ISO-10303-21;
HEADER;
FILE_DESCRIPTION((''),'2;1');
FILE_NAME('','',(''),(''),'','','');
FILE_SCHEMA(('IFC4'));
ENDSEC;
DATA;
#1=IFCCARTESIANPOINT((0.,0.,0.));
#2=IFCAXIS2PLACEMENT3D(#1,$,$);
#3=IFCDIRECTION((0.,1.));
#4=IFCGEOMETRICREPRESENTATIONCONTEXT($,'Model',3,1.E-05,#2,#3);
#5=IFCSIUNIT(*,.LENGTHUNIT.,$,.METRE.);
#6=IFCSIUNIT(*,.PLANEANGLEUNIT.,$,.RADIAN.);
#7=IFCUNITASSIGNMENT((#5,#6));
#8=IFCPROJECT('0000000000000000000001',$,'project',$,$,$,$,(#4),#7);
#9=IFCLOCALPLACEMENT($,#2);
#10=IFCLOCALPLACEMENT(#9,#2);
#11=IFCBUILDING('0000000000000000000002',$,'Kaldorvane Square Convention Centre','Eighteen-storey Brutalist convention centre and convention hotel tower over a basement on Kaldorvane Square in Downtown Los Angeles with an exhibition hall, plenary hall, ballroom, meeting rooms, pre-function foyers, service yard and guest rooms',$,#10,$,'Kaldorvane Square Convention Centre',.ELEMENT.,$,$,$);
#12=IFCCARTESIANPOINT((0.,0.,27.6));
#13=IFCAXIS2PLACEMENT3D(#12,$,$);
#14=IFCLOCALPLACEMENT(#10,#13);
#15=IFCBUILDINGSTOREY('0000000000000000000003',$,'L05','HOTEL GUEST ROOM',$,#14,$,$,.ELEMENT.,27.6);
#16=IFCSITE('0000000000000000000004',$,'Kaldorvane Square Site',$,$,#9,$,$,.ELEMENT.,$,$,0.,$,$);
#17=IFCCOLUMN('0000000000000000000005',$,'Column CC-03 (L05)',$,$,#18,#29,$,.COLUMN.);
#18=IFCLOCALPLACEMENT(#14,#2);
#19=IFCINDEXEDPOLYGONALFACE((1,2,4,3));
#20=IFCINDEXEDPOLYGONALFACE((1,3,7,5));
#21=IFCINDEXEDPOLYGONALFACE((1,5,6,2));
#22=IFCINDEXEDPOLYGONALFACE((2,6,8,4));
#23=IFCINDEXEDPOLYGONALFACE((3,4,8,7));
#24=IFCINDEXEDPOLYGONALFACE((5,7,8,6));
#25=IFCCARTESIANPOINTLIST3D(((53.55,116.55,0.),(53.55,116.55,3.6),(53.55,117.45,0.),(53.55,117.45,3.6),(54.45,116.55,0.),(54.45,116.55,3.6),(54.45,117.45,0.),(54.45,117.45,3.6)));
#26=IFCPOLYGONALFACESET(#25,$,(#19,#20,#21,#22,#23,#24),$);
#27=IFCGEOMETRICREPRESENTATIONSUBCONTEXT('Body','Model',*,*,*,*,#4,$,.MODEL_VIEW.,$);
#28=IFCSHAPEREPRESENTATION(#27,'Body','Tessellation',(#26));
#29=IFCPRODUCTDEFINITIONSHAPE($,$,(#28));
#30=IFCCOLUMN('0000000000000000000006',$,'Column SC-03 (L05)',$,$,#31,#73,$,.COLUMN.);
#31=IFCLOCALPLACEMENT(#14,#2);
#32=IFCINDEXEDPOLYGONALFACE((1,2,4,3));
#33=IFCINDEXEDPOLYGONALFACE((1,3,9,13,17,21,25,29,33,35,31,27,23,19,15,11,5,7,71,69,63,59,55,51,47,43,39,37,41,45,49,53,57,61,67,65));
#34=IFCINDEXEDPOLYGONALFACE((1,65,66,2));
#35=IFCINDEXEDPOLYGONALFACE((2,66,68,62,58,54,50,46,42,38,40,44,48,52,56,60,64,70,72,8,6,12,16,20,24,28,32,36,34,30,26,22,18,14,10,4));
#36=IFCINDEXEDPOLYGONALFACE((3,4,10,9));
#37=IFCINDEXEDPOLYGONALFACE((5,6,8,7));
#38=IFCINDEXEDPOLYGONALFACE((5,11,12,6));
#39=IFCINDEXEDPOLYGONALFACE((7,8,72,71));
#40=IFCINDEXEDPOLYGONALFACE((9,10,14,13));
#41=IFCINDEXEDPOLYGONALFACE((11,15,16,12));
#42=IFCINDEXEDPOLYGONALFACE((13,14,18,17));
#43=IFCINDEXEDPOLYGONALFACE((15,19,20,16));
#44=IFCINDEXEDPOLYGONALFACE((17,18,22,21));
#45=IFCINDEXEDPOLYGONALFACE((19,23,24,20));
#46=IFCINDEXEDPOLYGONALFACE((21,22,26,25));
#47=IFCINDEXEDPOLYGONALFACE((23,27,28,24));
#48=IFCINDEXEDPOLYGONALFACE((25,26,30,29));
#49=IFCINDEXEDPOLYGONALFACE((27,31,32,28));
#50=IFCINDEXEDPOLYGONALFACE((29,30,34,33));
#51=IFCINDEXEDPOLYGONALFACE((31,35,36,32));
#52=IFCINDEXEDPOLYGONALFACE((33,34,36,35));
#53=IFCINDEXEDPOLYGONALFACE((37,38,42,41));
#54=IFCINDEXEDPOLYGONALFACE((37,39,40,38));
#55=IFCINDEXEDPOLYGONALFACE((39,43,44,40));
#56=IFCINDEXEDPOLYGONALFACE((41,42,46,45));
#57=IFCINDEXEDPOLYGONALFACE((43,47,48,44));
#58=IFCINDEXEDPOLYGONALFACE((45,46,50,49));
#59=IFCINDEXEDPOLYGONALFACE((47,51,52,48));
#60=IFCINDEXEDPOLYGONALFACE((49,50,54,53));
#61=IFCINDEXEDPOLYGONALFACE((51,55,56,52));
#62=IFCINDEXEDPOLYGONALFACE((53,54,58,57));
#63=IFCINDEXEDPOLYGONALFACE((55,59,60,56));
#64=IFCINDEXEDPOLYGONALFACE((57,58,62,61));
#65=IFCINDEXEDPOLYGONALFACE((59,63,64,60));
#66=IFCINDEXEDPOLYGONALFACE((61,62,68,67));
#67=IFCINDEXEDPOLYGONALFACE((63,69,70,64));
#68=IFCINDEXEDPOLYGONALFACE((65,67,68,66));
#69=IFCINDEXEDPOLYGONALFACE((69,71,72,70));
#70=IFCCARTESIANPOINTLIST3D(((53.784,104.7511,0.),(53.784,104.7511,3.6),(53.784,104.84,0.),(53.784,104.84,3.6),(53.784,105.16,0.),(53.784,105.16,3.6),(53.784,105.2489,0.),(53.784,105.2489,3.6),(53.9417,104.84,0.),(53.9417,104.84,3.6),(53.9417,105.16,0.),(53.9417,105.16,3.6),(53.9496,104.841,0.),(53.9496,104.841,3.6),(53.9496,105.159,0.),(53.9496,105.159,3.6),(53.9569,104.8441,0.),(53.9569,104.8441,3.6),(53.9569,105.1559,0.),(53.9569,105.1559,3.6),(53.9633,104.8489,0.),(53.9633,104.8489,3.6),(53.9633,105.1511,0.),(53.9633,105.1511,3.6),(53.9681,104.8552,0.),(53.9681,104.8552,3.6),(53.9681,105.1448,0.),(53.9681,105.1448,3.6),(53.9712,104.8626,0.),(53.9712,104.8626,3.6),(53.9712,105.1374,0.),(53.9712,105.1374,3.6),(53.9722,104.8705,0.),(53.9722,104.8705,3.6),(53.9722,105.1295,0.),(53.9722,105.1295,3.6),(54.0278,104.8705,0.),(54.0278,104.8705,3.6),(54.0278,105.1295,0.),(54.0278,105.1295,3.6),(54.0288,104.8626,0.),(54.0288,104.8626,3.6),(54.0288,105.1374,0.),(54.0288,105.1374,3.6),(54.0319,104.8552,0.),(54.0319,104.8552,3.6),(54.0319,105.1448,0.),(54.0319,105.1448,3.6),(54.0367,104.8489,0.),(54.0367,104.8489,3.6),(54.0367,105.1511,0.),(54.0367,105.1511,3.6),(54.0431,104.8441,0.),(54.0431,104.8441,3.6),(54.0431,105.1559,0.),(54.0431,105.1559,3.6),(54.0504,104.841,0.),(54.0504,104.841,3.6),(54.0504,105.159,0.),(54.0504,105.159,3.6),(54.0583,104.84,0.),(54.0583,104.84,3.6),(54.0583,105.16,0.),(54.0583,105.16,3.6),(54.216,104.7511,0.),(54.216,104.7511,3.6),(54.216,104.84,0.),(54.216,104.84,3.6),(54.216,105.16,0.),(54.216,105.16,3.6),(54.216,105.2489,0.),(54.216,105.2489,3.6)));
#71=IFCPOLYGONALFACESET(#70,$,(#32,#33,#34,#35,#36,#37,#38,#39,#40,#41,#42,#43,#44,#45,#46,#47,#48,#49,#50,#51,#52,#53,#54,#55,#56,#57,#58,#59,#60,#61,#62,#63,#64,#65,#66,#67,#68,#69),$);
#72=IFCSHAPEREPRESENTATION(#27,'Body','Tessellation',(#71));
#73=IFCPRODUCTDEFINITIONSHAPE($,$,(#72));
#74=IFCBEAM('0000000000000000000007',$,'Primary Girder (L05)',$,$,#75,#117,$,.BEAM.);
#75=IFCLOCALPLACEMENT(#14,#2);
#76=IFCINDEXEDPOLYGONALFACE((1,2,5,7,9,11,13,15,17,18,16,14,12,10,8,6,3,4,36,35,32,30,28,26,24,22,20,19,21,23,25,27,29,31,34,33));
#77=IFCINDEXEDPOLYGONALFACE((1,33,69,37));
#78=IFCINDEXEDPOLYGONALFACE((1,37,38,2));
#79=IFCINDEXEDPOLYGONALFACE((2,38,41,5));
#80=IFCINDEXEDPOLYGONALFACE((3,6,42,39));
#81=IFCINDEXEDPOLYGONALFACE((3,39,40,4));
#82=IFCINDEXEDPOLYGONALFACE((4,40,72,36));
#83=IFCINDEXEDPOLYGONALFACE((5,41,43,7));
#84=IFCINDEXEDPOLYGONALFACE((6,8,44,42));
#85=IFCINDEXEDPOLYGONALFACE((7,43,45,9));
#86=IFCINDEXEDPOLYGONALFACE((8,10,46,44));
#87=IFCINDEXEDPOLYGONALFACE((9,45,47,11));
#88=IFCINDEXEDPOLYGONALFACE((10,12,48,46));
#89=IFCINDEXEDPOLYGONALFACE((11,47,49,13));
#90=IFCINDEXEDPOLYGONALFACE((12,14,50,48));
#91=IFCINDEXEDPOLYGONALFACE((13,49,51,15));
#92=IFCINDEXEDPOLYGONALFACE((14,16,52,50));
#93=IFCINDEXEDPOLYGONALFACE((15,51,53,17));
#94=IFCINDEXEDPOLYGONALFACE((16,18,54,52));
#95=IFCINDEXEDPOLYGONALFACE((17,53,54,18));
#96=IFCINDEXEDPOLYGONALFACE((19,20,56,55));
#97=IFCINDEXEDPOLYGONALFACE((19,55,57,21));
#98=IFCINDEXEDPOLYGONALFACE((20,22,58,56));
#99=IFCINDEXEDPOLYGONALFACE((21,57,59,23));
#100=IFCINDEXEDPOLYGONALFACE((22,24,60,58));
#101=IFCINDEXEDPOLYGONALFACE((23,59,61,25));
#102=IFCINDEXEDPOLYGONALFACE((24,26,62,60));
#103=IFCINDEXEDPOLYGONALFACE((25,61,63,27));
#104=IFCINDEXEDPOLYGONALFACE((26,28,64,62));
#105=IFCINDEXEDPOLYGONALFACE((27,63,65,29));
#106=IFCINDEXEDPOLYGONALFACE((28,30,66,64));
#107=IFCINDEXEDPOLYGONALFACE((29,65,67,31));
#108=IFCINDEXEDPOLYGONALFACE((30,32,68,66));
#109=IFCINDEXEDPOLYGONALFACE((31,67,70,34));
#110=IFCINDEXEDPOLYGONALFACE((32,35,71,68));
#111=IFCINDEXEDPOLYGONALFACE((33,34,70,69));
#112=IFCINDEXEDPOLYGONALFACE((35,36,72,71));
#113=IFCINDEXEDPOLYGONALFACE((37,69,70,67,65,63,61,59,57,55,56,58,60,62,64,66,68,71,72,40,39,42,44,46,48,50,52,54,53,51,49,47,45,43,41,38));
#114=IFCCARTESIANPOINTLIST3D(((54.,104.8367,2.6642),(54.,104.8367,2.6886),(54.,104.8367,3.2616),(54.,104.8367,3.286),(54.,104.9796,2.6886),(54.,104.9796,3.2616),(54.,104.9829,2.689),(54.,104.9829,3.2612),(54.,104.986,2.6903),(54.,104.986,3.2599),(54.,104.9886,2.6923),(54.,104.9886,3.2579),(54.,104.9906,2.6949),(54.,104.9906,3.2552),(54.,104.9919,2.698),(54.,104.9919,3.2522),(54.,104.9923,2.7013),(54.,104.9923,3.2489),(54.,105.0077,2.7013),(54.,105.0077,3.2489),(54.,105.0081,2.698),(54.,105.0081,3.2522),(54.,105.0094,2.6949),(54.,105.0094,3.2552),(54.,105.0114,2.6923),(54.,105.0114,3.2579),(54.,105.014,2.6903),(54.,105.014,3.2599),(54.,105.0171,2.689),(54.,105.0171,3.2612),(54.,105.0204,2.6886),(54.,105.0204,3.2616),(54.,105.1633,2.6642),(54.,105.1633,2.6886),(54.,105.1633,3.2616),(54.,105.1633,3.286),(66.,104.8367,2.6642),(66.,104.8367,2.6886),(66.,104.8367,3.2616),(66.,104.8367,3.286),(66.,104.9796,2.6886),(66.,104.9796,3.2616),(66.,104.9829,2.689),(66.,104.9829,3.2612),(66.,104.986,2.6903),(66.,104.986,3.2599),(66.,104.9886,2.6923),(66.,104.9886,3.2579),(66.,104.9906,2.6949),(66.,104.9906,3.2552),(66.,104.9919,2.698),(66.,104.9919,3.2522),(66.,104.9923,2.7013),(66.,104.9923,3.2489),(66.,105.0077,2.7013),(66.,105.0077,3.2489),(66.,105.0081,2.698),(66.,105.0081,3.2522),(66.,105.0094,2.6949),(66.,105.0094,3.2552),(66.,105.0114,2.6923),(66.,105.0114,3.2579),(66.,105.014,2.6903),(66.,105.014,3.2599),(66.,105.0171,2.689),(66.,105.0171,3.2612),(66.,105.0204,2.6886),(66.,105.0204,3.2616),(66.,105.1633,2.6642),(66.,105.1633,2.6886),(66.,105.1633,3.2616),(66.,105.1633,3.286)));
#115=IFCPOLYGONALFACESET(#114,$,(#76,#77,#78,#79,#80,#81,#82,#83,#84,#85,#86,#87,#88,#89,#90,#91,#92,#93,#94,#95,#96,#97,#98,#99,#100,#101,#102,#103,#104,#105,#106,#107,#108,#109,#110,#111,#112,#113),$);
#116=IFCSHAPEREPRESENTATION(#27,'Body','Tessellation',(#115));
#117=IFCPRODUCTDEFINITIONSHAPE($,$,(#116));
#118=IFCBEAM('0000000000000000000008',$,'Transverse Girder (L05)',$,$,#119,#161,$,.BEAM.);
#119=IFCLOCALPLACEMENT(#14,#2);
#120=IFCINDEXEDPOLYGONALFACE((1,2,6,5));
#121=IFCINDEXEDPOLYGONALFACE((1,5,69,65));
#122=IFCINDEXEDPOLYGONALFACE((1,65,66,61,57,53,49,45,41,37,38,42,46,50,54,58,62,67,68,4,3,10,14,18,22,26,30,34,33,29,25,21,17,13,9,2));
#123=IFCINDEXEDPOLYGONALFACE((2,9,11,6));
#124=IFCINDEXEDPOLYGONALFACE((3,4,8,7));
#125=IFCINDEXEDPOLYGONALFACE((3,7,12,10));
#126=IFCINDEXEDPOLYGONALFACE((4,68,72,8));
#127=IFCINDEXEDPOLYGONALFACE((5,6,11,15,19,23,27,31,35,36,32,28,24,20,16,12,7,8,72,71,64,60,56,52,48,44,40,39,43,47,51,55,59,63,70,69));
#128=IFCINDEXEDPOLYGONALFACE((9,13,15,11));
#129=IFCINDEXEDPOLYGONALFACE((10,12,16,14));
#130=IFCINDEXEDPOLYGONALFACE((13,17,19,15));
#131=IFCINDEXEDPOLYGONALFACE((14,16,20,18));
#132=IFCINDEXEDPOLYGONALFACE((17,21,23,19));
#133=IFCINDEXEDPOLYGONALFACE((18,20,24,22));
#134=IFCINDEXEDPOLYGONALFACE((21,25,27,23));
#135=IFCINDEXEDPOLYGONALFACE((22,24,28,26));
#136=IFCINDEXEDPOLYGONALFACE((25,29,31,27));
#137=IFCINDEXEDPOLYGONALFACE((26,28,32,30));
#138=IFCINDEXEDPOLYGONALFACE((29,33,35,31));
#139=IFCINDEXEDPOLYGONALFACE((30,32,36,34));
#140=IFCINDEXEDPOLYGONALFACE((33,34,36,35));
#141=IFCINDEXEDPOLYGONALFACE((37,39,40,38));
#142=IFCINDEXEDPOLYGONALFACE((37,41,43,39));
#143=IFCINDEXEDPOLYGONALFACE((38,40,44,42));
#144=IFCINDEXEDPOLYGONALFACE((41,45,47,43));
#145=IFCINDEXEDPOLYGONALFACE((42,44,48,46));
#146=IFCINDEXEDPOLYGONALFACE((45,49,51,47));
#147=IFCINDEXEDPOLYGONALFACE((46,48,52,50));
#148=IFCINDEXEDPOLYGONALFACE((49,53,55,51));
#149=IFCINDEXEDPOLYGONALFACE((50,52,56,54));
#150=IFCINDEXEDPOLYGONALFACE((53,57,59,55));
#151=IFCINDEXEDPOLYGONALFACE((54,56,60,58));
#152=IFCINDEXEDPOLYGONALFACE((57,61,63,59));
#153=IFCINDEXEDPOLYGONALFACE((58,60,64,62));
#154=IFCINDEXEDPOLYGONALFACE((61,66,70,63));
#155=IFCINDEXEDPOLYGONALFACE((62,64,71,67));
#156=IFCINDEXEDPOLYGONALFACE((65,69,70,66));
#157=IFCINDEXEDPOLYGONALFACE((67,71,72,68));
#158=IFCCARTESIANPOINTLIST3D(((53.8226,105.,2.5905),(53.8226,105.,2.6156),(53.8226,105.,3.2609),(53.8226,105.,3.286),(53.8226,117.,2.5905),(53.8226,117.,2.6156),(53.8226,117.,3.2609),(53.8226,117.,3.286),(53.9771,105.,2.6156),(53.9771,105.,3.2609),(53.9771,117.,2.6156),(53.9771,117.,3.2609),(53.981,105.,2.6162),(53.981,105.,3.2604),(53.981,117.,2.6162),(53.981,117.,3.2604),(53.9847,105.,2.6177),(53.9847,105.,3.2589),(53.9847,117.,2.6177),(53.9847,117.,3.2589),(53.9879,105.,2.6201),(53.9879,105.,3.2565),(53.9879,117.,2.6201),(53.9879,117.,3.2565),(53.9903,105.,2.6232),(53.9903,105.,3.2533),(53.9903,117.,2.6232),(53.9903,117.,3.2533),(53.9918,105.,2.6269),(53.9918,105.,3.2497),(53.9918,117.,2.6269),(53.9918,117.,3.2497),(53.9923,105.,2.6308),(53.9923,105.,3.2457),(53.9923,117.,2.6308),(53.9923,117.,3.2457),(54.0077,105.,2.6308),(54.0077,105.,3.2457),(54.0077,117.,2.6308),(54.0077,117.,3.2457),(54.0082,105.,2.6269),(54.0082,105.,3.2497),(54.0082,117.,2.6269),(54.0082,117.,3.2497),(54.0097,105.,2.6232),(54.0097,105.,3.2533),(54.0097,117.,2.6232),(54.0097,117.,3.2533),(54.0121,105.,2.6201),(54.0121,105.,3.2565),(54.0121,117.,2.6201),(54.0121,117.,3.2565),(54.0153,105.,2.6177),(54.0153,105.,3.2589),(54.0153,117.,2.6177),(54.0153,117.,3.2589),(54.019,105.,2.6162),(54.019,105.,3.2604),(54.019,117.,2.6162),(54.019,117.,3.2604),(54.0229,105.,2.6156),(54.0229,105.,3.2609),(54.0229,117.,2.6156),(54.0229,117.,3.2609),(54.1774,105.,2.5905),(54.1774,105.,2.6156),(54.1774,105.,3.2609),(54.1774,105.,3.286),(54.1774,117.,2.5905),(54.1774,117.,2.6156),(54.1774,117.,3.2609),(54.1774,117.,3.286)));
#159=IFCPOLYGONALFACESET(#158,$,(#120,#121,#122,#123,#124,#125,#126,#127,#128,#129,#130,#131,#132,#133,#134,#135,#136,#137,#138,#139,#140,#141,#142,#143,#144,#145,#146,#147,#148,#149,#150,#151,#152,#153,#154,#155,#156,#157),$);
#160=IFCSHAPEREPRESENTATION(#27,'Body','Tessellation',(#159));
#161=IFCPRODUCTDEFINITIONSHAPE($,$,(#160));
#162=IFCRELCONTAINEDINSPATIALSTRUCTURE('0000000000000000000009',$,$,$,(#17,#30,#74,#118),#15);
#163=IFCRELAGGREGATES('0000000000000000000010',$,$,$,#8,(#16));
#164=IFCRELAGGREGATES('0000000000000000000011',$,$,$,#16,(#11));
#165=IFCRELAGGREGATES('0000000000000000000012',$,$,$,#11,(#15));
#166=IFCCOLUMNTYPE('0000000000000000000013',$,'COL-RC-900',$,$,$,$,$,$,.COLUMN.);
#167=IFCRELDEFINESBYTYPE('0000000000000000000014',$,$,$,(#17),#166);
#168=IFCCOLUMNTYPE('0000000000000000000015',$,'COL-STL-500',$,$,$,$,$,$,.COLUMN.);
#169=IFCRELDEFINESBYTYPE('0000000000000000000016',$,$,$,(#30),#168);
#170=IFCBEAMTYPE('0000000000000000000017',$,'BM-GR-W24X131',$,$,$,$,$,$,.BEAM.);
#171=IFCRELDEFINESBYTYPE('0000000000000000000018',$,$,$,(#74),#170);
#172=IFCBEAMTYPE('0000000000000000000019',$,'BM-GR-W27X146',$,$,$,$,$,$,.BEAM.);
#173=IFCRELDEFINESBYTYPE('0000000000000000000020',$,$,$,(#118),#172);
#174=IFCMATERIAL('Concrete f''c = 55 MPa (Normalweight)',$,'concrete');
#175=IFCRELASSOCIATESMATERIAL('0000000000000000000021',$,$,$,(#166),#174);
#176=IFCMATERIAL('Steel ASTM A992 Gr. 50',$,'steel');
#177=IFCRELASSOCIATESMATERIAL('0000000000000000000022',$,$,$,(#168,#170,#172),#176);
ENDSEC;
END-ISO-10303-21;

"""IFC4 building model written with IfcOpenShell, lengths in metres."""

from ifc_helpers import new_model, si_unit, direction, frame, origin, origin_2d, place, context, subcontext, project, spatial, rectangle, i_section, extrude, material, material_profile, profile_set, type_object, element, save


model = new_model("IFC4")

# Units and contexts
model_context = context("Model", 3, precision=1e-05, world=origin(), true_north=direction((0.0, 1.0)))
body_context = subcontext(model_context, "Body", "Model", "MODEL_VIEW")
ifc_project = project(units=[si_unit("LENGTHUNIT", "METRE"), si_unit("PLANEANGLEUNIT", "RADIAN")], contexts=[model_context])

# Site, building, storey
site_placement = place(None, origin())
site = spatial("IfcSite", under=ifc_project, at=site_placement, Name="Kaldorvane Square Site", CompositionType="ELEMENT", RefElevation=0.0)
building_placement = place(site_placement, origin())
building = spatial("IfcBuilding", under=site, at=building_placement, Name="Kaldorvane Square Convention Centre", Description="Eighteen-storey Brutalist convention centre and convention hotel tower over a basement on Kaldorvane Square in Downtown Los Angeles with an exhibition hall, plenary hall, ballroom, meeting rooms, pre-function foyers, service yard and guest rooms", LongName="Kaldorvane Square Convention Centre", CompositionType="ELEMENT")
storey_placement = place(building_placement, frame((0.0, 0.0, 27.6)))
storey = spatial("IfcBuildingStorey", under=building, at=storey_placement, Name="L05", Description="HOTEL GUEST ROOM", CompositionType="ELEMENT", Elevation=27.6)

# Columns
ifc_material_1 = material(Name="Concrete f'c = 55 MPa (Normalweight)", Category="concrete")
ifc_material_profile_1 = material_profile(ifc_material_1, rectangle(XDim=0.9, YDim=0.9, at=origin_2d()), Name="RC900X900")
ifc_profile_set_1 = profile_set([ifc_material_profile_1], Name="Concrete f'c = 55 MPa (Normalweight)")
column_type_1 = type_object("IfcColumnType", Name="COL-RC-900", PredefinedType="COLUMN", material=ifc_profile_set_1)
column_1_placement = place(storey_placement, frame((54.0, 117.0, 0.0), z_axis=(0.0, 0.0, 1.0), x_axis=(1.0, 0.0, 0.0)))
element("IfcColumn", 1, at=column_1_placement, inside=storey, type_object=column_type_1, Name="Column CC-03 (L05)", PredefinedType="COLUMN", context=body_context, shape_type="SweptSolid", body=[
    extrude(rectangle(XDim=0.9, YDim=0.9, at=origin_2d()), origin(), (0.0, 0.0, 1.0), 3.6),
])
ifc_material_2 = material(Name="Steel ASTM A992 Gr. 50", Category="steel")
ifc_material_profile_2 = material_profile(ifc_material_2, i_section(OverallWidth=0.4321, OverallDepth=0.4978, WebThickness=0.0556, FlangeThickness=0.0889, FilletRadius=0.0305, at=origin_2d()), Name="W14X500")
ifc_profile_set_2 = profile_set([ifc_material_profile_2], Name="Steel ASTM A992 Gr. 50")
column_type_2 = type_object("IfcColumnType", Name="COL-STL-500", PredefinedType="COLUMN", material=ifc_profile_set_2)
column_2_placement = place(storey_placement, frame((54.0, 105.0, 0.0), z_axis=(0.0, 0.0, 1.0), x_axis=(1.0, 0.0, 0.0)))
element("IfcColumn", 2, at=column_2_placement, inside=storey, type_object=column_type_2, Name="Column SC-03 (L05)", PredefinedType="COLUMN", context=body_context, shape_type="SweptSolid", body=[
    extrude(i_section(OverallWidth=0.4321, OverallDepth=0.4978, WebThickness=0.0556, FlangeThickness=0.0889, FilletRadius=0.0305, at=origin_2d()), origin(), (0.0, 0.0, 1.0), 3.6),
])

# Beams
ifc_material_profile_3 = material_profile(ifc_material_2, i_section(OverallWidth=0.3265, OverallDepth=0.6218, WebThickness=0.0154, FlangeThickness=0.0244, FilletRadius=0.0127, at=origin_2d()), Name="W24X131")
ifc_profile_set_3 = profile_set([ifc_material_profile_3], Name="Steel ASTM A992 Gr. 50")
beam_type_1 = type_object("IfcBeamType", Name="BM-GR-W24X131", PredefinedType="BEAM", material=ifc_profile_set_3)
beam_1_placement = place(storey_placement, frame((54.0, 105.0, 2.9751), z_axis=(1.0, 0.0, 0.0), x_axis=(0.0, 1.0, 0.0)))
element("IfcBeam", 3, at=beam_1_placement, inside=storey, type_object=beam_type_1, Name="Primary Girder (L05)", PredefinedType="BEAM", context=body_context, shape_type="SweptSolid", body=[
    extrude(i_section(OverallWidth=0.3265, OverallDepth=0.6218, WebThickness=0.0154, FlangeThickness=0.0244, FilletRadius=0.0127, at=origin_2d()), origin(), (0.0, 0.0, 1.0), 12.0),
])
ifc_material_profile_4 = material_profile(ifc_material_2, i_section(OverallWidth=0.3547, OverallDepth=0.6955, WebThickness=0.0154, FlangeThickness=0.0251, FilletRadius=0.0152, at=origin_2d()), Name="W27X146")
ifc_profile_set_4 = profile_set([ifc_material_profile_4], Name="Steel ASTM A992 Gr. 50")
beam_type_2 = type_object("IfcBeamType", Name="BM-GR-W27X146", PredefinedType="BEAM", material=ifc_profile_set_4)
beam_2_placement = place(storey_placement, frame((54.0, 105.0, 2.9383), z_axis=(0.0, 1.0, 0.0), x_axis=(-1.0, 0.0, 0.0)))
element("IfcBeam", 4, at=beam_2_placement, inside=storey, type_object=beam_type_2, Name="Transverse Girder (L05)", PredefinedType="BEAM", context=body_context, shape_type="SweptSolid", body=[
    extrude(i_section(OverallWidth=0.3547, OverallDepth=0.6955, WebThickness=0.0154, FlangeThickness=0.0251, FilletRadius=0.0152, at=origin_2d()), origin(), (0.0, 0.0, 1.0), 12.0),
])

save(model, "model.ifc")
